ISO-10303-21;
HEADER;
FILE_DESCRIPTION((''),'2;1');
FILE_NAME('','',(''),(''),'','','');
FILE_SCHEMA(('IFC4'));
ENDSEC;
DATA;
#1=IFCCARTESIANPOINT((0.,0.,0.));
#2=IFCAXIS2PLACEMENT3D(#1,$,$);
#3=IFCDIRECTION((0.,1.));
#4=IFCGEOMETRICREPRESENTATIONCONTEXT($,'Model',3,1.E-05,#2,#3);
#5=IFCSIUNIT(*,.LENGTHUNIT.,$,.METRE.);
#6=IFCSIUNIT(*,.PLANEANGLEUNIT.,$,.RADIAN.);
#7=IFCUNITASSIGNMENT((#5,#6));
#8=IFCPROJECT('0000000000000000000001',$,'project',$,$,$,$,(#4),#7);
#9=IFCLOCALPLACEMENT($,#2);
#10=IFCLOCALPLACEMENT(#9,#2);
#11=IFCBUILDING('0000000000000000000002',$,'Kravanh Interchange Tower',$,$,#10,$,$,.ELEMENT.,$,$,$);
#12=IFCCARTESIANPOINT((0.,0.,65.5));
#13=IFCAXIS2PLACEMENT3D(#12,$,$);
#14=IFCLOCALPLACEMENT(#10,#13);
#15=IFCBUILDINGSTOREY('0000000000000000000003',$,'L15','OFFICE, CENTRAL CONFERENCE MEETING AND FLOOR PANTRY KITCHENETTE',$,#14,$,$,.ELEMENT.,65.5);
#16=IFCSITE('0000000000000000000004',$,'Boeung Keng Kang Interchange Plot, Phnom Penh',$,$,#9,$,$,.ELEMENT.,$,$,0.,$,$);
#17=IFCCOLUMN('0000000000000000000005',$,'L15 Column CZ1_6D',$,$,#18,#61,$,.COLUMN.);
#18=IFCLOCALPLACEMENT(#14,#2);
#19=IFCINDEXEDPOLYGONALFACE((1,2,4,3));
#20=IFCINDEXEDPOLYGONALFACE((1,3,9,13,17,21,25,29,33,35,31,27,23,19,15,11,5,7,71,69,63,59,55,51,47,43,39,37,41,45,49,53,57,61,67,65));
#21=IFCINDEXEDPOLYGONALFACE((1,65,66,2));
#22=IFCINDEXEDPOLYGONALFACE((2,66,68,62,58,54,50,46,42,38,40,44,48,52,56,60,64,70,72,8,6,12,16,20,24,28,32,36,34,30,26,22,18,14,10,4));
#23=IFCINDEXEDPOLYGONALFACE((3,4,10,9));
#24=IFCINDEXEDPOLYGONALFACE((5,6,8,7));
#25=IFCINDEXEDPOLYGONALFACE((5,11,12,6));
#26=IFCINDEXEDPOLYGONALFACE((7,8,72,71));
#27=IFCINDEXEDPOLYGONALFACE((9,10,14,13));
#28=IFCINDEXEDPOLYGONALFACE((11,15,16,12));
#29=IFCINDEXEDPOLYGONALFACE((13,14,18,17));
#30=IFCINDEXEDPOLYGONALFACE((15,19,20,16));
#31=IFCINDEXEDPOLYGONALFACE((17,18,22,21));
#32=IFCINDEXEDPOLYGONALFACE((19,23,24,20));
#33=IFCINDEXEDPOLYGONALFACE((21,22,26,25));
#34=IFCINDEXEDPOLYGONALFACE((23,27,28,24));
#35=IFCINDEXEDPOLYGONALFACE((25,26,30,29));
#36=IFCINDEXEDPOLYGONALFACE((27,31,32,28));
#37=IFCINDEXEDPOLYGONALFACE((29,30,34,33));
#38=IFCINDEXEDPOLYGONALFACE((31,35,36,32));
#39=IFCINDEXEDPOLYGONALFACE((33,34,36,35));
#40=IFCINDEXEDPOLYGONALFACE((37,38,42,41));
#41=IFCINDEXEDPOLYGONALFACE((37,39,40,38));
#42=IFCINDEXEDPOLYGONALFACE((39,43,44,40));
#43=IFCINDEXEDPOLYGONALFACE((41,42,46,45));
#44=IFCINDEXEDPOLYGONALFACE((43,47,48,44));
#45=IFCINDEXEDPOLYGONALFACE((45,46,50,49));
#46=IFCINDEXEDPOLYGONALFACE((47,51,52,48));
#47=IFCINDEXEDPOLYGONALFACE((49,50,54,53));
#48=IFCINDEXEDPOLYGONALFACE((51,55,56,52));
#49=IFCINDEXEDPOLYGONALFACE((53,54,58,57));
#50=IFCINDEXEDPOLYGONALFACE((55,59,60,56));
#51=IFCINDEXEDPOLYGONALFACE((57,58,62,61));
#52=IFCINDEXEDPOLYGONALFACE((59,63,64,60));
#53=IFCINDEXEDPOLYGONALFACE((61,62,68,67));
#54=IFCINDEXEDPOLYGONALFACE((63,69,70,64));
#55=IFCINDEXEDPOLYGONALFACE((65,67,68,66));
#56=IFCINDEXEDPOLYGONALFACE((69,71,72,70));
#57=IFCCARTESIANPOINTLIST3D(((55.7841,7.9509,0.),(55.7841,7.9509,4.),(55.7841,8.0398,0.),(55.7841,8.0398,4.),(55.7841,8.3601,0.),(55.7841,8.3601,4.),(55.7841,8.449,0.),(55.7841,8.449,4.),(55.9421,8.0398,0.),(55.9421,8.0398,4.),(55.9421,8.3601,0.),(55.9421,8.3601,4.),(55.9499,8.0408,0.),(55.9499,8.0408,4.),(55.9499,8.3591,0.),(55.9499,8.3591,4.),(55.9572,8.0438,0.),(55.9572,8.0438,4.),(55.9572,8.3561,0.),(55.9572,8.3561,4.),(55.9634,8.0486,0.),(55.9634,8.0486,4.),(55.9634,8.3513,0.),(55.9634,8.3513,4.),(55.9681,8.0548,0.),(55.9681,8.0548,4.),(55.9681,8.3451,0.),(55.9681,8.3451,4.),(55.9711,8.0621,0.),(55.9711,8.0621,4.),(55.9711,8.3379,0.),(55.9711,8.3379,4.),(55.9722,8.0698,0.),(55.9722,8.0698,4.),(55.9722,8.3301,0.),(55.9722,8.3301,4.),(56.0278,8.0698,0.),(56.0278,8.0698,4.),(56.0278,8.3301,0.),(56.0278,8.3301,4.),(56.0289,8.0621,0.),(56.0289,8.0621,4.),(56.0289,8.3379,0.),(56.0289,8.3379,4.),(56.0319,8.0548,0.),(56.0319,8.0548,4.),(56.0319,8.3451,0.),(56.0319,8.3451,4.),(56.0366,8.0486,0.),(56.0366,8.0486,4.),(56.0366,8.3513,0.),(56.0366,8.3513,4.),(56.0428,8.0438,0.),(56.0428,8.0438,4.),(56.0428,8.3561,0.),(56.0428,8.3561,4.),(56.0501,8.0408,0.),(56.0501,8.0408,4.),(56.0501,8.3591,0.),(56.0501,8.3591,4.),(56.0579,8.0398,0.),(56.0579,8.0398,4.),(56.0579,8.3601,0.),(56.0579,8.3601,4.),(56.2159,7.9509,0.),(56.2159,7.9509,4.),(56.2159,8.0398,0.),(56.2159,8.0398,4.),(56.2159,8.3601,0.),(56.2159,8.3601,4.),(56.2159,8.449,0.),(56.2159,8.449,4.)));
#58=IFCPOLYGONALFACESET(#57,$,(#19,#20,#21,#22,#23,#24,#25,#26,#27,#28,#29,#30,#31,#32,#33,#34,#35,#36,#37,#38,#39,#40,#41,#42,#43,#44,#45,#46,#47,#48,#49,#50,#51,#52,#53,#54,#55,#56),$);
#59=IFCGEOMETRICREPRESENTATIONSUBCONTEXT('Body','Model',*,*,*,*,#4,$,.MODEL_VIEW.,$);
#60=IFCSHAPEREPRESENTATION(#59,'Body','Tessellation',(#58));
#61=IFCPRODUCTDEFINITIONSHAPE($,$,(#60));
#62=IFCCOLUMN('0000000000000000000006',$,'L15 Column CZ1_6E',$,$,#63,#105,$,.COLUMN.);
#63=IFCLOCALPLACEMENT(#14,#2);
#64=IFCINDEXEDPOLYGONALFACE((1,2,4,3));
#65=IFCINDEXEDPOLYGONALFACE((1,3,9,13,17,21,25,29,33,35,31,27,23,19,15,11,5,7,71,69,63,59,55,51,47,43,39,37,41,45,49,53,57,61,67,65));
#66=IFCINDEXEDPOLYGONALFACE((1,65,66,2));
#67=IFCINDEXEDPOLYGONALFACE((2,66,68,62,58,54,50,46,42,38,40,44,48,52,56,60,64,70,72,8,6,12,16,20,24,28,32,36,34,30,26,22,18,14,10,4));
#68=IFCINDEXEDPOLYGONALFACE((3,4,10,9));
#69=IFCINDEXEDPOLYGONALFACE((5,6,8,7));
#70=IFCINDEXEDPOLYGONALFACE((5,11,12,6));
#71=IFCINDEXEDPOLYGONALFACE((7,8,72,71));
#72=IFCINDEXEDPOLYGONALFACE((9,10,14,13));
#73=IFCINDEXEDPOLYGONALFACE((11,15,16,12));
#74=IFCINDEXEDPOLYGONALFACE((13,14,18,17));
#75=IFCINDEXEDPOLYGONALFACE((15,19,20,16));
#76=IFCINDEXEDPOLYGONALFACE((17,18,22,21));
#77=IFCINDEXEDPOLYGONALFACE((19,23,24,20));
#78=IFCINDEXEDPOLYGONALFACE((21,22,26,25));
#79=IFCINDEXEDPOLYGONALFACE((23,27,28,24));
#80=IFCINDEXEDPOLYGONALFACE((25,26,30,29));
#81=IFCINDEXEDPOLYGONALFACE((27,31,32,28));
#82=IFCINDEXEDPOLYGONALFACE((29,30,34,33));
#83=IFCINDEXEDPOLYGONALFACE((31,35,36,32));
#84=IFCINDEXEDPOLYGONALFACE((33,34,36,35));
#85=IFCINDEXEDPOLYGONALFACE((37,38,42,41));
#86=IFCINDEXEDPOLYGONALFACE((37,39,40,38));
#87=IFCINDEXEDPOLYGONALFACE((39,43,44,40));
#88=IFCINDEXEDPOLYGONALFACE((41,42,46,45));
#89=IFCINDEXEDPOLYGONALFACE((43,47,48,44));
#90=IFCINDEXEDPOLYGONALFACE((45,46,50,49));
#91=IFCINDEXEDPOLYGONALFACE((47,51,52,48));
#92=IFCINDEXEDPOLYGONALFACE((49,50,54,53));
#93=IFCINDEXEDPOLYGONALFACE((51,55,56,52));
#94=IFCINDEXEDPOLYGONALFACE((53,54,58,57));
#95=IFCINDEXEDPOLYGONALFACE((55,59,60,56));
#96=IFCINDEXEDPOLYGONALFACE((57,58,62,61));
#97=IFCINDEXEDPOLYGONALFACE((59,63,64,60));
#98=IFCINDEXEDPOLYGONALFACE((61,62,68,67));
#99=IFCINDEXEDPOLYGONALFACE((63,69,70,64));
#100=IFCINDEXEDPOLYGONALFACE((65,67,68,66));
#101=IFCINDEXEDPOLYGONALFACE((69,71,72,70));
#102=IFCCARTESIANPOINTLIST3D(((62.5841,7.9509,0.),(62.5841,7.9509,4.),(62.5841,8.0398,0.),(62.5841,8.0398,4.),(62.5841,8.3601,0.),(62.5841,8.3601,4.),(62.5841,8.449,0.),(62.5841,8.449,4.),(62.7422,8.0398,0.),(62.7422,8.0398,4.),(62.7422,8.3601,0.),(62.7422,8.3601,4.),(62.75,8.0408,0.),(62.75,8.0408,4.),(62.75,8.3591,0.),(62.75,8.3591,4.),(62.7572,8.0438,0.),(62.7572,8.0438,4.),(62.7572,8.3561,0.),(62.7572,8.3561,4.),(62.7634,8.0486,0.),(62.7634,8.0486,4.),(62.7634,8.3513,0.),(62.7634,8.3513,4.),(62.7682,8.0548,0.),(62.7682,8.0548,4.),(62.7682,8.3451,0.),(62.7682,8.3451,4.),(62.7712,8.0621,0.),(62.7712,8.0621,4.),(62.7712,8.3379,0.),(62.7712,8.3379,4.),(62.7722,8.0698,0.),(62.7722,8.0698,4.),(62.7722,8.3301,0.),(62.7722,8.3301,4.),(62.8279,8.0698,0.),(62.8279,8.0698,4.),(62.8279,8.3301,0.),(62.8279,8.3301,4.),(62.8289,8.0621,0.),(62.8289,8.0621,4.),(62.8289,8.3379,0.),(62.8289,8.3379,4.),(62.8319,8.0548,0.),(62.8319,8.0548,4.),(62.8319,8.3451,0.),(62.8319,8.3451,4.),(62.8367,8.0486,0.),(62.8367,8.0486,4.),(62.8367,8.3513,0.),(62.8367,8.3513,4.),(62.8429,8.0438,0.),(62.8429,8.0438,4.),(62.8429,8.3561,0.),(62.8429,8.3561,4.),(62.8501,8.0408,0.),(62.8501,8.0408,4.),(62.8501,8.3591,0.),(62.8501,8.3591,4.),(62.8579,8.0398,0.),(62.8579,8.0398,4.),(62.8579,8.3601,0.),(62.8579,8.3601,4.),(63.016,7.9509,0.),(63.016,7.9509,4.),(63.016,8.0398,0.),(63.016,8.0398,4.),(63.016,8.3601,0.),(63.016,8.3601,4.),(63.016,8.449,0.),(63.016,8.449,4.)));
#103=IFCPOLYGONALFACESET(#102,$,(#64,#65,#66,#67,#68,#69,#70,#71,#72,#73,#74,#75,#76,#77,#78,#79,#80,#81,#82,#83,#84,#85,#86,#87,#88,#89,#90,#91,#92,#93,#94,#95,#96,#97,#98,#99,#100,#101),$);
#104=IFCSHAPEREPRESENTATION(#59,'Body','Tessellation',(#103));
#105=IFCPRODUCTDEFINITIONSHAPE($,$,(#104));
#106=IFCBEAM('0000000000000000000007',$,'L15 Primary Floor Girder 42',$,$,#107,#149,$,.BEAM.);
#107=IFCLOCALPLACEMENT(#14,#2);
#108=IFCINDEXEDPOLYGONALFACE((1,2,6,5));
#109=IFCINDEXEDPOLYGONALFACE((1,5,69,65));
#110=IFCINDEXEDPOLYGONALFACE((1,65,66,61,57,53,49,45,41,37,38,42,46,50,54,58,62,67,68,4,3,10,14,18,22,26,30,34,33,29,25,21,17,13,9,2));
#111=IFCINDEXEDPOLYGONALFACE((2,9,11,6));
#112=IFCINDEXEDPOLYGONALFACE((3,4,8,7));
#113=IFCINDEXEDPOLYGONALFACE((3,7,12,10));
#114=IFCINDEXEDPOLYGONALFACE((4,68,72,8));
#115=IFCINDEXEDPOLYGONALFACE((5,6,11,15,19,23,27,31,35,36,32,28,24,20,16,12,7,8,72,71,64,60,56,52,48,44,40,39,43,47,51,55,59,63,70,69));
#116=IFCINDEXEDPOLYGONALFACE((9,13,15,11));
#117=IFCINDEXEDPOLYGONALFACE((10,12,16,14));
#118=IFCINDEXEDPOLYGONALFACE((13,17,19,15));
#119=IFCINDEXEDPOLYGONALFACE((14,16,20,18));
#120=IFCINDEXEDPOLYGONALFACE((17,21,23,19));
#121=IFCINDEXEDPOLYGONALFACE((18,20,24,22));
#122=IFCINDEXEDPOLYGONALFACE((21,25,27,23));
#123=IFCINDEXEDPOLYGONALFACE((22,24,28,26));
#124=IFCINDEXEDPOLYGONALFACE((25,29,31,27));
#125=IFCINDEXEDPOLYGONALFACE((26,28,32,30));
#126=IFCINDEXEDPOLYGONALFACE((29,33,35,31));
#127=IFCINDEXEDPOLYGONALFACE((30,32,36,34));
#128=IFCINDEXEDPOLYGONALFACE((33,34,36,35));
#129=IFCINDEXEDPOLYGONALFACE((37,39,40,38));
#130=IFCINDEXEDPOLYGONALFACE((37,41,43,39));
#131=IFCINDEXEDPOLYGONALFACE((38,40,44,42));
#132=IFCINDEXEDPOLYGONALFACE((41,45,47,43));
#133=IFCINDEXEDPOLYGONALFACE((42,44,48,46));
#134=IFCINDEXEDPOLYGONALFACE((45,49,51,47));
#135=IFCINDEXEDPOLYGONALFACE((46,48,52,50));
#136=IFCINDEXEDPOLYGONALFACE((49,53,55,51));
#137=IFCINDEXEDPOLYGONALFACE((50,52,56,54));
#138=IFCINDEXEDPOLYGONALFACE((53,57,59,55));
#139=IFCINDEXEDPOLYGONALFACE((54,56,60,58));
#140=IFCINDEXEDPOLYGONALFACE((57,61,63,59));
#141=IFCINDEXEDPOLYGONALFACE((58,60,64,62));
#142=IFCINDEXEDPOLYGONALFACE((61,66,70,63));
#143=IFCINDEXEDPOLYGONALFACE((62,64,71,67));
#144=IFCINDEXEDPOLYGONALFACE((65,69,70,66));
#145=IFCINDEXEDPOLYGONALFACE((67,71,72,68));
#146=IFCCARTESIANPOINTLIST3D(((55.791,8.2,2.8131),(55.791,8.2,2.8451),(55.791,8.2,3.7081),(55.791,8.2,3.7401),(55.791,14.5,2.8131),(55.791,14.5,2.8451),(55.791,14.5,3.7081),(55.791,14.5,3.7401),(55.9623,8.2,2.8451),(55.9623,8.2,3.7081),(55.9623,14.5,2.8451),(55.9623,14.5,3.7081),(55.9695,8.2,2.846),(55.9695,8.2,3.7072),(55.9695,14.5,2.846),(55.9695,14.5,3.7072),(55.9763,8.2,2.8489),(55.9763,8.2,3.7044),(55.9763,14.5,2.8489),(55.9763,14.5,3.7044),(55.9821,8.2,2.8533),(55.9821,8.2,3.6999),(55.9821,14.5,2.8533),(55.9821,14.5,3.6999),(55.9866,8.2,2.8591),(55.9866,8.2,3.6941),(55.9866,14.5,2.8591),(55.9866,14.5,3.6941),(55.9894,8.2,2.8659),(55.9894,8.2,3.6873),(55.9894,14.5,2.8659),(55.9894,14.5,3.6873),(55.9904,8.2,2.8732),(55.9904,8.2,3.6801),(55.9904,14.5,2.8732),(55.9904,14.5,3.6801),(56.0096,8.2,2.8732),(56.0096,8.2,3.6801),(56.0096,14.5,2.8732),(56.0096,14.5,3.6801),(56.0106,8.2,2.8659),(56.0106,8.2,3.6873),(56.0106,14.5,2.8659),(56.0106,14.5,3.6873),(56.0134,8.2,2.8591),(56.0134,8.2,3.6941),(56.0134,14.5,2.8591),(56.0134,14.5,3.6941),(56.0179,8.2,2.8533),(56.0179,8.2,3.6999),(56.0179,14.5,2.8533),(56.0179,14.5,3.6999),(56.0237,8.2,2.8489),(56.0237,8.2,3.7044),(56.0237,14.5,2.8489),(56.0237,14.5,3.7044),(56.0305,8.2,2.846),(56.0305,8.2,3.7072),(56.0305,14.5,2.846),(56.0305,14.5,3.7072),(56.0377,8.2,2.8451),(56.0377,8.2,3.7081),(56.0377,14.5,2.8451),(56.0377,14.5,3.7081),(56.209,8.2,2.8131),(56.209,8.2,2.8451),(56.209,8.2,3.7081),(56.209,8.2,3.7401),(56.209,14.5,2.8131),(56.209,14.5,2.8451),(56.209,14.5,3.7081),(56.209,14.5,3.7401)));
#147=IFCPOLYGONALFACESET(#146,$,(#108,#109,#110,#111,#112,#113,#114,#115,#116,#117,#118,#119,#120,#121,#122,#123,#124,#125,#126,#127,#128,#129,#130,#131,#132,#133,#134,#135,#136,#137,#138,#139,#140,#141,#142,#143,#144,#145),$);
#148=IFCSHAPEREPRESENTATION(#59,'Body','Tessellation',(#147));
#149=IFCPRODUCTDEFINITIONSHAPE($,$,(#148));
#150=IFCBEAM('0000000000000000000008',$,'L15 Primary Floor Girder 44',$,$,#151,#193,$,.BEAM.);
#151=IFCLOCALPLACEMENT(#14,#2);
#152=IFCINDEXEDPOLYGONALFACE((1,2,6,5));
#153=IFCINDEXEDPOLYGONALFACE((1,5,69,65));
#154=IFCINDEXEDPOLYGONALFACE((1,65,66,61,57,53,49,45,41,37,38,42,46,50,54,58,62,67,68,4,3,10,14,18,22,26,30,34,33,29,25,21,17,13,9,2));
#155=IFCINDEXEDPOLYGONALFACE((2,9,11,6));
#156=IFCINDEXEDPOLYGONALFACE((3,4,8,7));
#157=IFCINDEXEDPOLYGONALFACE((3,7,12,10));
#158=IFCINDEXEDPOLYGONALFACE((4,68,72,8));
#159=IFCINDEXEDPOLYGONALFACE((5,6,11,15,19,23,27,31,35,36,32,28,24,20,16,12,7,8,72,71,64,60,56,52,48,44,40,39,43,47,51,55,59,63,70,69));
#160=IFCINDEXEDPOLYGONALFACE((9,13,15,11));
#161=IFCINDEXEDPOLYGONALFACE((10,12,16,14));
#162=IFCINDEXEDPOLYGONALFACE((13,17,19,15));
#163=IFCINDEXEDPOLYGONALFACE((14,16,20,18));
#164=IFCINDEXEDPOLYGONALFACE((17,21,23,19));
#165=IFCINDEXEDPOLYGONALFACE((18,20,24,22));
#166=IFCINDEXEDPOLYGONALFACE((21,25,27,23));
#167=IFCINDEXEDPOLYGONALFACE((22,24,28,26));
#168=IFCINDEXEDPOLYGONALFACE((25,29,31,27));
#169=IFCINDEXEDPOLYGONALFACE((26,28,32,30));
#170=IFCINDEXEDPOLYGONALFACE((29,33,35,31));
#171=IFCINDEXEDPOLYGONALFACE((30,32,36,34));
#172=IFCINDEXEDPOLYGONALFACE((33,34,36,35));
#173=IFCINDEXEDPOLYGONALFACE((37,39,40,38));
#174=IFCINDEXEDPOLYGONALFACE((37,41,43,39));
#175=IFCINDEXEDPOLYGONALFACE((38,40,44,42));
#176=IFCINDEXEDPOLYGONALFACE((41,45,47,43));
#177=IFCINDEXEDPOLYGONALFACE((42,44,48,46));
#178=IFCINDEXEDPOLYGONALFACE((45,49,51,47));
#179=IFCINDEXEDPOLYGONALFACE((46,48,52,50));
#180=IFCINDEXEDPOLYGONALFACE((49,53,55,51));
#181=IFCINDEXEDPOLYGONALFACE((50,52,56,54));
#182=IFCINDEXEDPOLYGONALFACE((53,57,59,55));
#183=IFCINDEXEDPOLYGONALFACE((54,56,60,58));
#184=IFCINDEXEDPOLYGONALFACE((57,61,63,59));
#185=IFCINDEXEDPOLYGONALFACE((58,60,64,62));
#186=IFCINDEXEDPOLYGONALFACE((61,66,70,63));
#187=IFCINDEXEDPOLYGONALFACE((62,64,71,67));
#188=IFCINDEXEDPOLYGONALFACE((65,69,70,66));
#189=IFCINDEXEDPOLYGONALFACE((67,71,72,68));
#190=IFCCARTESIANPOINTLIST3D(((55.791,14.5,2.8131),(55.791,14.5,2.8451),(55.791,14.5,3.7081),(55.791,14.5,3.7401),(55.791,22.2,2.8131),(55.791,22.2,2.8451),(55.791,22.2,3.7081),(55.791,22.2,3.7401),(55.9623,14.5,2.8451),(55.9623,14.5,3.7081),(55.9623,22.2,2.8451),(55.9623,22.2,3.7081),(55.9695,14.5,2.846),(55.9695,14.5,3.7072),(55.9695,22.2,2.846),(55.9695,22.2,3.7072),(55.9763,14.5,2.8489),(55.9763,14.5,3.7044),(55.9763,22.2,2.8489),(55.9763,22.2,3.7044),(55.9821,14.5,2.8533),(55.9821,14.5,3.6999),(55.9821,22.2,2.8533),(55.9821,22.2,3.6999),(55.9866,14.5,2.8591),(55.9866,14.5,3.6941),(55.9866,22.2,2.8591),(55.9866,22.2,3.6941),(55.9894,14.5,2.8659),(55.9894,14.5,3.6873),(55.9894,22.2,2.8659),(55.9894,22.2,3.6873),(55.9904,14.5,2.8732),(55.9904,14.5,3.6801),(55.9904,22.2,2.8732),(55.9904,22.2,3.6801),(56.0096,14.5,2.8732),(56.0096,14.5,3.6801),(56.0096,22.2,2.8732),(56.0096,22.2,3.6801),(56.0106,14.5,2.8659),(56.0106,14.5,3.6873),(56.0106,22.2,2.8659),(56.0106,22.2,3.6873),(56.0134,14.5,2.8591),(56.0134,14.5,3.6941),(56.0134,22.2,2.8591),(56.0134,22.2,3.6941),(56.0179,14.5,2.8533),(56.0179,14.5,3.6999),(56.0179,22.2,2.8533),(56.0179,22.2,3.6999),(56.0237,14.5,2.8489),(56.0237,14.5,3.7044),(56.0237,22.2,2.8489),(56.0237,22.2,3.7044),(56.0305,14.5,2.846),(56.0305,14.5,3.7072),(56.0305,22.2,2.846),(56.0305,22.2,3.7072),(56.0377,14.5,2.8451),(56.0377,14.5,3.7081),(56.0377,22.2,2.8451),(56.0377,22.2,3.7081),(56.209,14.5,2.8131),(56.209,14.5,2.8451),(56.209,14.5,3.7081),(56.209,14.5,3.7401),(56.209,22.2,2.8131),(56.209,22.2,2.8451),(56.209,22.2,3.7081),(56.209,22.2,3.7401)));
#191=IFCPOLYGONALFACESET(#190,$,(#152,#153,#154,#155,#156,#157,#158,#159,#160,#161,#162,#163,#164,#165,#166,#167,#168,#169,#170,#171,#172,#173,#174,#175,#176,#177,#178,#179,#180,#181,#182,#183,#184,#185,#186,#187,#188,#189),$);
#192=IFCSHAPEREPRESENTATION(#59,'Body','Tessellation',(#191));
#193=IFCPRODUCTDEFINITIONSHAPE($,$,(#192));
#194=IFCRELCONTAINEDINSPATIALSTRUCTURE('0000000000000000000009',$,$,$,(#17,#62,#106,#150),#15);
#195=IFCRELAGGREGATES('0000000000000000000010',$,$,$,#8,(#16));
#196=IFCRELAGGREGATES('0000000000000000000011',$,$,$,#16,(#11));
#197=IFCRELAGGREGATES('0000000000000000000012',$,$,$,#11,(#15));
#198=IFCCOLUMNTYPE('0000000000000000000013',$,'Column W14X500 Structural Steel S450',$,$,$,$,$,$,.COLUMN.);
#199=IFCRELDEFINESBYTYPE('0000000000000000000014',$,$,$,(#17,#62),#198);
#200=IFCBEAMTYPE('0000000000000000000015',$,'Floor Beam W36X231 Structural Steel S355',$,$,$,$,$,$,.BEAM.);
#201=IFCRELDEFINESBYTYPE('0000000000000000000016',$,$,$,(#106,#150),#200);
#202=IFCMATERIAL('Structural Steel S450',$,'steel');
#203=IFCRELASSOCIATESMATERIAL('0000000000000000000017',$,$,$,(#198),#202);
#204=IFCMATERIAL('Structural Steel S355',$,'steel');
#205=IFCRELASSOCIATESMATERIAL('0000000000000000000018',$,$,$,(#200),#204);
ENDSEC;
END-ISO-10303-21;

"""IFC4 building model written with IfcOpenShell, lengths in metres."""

from ifc_helpers import new_model, si_unit, direction, frame, origin, origin_2d, place, context, subcontext, project, spatial, i_section, extrude, material, material_profile, profile_set, type_object, element, save


model = new_model("IFC4")

# Units and contexts
model_context = context("Model", 3, precision=1e-05, world=origin(), true_north=direction((0.0, 1.0)))
body_context = subcontext(model_context, "Body", "Model", "MODEL_VIEW")
ifc_project = project(units=[si_unit("LENGTHUNIT", "METRE"), si_unit("PLANEANGLEUNIT", "RADIAN")], contexts=[model_context])

# Site, building, storey
site_placement = place(None, origin())
site = spatial("IfcSite", under=ifc_project, at=site_placement, Name="Boeung Keng Kang Interchange Plot, Phnom Penh", CompositionType="ELEMENT", RefElevation=0.0)
building_placement = place(site_placement, origin())
building = spatial("IfcBuilding", under=site, at=building_placement, Name="Kravanh Interchange Tower", CompositionType="ELEMENT")
storey_placement = place(building_placement, frame((0.0, 0.0, 65.5)))
storey = spatial("IfcBuildingStorey", under=building, at=storey_placement, Name="L15", Description="OFFICE, CENTRAL CONFERENCE MEETING AND FLOOR PANTRY KITCHENETTE", CompositionType="ELEMENT", Elevation=65.5)

# Columns
ifc_material_1 = material(Name="Structural Steel S450", Category="steel")
ifc_material_profile_1 = material_profile(ifc_material_1, i_section(OverallWidth=0.4319, OverallDepth=0.498, WebThickness=0.0557, FlangeThickness=0.0889, FilletRadius=0.03, at=origin_2d()), Name="W14X500")
ifc_profile_set_1 = profile_set([ifc_material_profile_1], Name="Structural Steel S450")
column_type = type_object("IfcColumnType", Name="Column W14X500 Structural Steel S450", PredefinedType="COLUMN", material=ifc_profile_set_1)
for number, where, z_axis, x_axis, name in (
    (1, (56.0, 8.2, 0.0), (0.0, 0.0, 1.0), (1.0, 0.0, 0.0), "L15 Column CZ1_6D"),
    (2, (62.8, 8.2, 0.0), (0.0, 0.0, 1.0), (1.0, 0.0, 0.0), "L15 Column CZ1_6E"),
):
    element("IfcColumn", number, at=place(storey_placement, frame(where, z_axis=z_axis, x_axis=x_axis)), inside=storey, type_object=column_type, Name=name, PredefinedType="COLUMN", context=body_context, shape_type="SweptSolid", body=[
        extrude(i_section(OverallWidth=0.4319, OverallDepth=0.498, WebThickness=0.0557, FlangeThickness=0.0889, FilletRadius=0.03, at=origin_2d()), origin(), (0.0, 0.0, 1.0), 4.0),
    ])

# Beams
ifc_material_2 = material(Name="Structural Steel S355", Category="steel")
ifc_material_profile_2 = material_profile(ifc_material_2, i_section(OverallWidth=0.418, OverallDepth=0.927, WebThickness=0.0193, FlangeThickness=0.032, FilletRadius=0.0281, at=origin_2d()), Name="W36X231")
ifc_profile_set_2 = profile_set([ifc_material_profile_2], Name="Structural Steel S355")
beam_type_1 = type_object("IfcBeamType", Name="Floor Beam W36X231 Structural Steel S355", PredefinedType="BEAM", material=ifc_profile_set_2)
beam_1_placement = place(storey_placement, frame((56.0, 14.5, 3.2766), z_axis=(0.0, -1.0, 0.0), x_axis=(1.0, 0.0, 0.0)))
element("IfcBeam", 3, at=beam_1_placement, inside=storey, type_object=beam_type_1, Name="L15 Primary Floor Girder 42", PredefinedType="BEAM", context=body_context, shape_type="SweptSolid", body=[
    extrude(i_section(OverallWidth=0.418, OverallDepth=0.927, WebThickness=0.0193, FlangeThickness=0.032, FilletRadius=0.0281, at=origin_2d()), origin(), (0.0, 0.0, 1.0), 6.3),
])
for number, where, z_axis, x_axis, name in (
    (4, (56.0, 14.5, 3.2766), (0.0, 1.0, 0.0), (-1.0, 0.0, 0.0), "L15 Primary Floor Girder 44"),
):
    element("IfcBeam", number, at=place(storey_placement, frame(where, z_axis=z_axis, x_axis=x_axis)), inside=storey, type_object=beam_type_1, Name=name, PredefinedType="BEAM", context=body_context, shape_type="SweptSolid", body=[
        extrude(i_section(OverallWidth=0.418, OverallDepth=0.927, WebThickness=0.0193, FlangeThickness=0.032, FilletRadius=0.0281, at=origin_2d()), origin(), (0.0, 0.0, 1.0), 7.7),
    ])

save(model, "model.ifc")
